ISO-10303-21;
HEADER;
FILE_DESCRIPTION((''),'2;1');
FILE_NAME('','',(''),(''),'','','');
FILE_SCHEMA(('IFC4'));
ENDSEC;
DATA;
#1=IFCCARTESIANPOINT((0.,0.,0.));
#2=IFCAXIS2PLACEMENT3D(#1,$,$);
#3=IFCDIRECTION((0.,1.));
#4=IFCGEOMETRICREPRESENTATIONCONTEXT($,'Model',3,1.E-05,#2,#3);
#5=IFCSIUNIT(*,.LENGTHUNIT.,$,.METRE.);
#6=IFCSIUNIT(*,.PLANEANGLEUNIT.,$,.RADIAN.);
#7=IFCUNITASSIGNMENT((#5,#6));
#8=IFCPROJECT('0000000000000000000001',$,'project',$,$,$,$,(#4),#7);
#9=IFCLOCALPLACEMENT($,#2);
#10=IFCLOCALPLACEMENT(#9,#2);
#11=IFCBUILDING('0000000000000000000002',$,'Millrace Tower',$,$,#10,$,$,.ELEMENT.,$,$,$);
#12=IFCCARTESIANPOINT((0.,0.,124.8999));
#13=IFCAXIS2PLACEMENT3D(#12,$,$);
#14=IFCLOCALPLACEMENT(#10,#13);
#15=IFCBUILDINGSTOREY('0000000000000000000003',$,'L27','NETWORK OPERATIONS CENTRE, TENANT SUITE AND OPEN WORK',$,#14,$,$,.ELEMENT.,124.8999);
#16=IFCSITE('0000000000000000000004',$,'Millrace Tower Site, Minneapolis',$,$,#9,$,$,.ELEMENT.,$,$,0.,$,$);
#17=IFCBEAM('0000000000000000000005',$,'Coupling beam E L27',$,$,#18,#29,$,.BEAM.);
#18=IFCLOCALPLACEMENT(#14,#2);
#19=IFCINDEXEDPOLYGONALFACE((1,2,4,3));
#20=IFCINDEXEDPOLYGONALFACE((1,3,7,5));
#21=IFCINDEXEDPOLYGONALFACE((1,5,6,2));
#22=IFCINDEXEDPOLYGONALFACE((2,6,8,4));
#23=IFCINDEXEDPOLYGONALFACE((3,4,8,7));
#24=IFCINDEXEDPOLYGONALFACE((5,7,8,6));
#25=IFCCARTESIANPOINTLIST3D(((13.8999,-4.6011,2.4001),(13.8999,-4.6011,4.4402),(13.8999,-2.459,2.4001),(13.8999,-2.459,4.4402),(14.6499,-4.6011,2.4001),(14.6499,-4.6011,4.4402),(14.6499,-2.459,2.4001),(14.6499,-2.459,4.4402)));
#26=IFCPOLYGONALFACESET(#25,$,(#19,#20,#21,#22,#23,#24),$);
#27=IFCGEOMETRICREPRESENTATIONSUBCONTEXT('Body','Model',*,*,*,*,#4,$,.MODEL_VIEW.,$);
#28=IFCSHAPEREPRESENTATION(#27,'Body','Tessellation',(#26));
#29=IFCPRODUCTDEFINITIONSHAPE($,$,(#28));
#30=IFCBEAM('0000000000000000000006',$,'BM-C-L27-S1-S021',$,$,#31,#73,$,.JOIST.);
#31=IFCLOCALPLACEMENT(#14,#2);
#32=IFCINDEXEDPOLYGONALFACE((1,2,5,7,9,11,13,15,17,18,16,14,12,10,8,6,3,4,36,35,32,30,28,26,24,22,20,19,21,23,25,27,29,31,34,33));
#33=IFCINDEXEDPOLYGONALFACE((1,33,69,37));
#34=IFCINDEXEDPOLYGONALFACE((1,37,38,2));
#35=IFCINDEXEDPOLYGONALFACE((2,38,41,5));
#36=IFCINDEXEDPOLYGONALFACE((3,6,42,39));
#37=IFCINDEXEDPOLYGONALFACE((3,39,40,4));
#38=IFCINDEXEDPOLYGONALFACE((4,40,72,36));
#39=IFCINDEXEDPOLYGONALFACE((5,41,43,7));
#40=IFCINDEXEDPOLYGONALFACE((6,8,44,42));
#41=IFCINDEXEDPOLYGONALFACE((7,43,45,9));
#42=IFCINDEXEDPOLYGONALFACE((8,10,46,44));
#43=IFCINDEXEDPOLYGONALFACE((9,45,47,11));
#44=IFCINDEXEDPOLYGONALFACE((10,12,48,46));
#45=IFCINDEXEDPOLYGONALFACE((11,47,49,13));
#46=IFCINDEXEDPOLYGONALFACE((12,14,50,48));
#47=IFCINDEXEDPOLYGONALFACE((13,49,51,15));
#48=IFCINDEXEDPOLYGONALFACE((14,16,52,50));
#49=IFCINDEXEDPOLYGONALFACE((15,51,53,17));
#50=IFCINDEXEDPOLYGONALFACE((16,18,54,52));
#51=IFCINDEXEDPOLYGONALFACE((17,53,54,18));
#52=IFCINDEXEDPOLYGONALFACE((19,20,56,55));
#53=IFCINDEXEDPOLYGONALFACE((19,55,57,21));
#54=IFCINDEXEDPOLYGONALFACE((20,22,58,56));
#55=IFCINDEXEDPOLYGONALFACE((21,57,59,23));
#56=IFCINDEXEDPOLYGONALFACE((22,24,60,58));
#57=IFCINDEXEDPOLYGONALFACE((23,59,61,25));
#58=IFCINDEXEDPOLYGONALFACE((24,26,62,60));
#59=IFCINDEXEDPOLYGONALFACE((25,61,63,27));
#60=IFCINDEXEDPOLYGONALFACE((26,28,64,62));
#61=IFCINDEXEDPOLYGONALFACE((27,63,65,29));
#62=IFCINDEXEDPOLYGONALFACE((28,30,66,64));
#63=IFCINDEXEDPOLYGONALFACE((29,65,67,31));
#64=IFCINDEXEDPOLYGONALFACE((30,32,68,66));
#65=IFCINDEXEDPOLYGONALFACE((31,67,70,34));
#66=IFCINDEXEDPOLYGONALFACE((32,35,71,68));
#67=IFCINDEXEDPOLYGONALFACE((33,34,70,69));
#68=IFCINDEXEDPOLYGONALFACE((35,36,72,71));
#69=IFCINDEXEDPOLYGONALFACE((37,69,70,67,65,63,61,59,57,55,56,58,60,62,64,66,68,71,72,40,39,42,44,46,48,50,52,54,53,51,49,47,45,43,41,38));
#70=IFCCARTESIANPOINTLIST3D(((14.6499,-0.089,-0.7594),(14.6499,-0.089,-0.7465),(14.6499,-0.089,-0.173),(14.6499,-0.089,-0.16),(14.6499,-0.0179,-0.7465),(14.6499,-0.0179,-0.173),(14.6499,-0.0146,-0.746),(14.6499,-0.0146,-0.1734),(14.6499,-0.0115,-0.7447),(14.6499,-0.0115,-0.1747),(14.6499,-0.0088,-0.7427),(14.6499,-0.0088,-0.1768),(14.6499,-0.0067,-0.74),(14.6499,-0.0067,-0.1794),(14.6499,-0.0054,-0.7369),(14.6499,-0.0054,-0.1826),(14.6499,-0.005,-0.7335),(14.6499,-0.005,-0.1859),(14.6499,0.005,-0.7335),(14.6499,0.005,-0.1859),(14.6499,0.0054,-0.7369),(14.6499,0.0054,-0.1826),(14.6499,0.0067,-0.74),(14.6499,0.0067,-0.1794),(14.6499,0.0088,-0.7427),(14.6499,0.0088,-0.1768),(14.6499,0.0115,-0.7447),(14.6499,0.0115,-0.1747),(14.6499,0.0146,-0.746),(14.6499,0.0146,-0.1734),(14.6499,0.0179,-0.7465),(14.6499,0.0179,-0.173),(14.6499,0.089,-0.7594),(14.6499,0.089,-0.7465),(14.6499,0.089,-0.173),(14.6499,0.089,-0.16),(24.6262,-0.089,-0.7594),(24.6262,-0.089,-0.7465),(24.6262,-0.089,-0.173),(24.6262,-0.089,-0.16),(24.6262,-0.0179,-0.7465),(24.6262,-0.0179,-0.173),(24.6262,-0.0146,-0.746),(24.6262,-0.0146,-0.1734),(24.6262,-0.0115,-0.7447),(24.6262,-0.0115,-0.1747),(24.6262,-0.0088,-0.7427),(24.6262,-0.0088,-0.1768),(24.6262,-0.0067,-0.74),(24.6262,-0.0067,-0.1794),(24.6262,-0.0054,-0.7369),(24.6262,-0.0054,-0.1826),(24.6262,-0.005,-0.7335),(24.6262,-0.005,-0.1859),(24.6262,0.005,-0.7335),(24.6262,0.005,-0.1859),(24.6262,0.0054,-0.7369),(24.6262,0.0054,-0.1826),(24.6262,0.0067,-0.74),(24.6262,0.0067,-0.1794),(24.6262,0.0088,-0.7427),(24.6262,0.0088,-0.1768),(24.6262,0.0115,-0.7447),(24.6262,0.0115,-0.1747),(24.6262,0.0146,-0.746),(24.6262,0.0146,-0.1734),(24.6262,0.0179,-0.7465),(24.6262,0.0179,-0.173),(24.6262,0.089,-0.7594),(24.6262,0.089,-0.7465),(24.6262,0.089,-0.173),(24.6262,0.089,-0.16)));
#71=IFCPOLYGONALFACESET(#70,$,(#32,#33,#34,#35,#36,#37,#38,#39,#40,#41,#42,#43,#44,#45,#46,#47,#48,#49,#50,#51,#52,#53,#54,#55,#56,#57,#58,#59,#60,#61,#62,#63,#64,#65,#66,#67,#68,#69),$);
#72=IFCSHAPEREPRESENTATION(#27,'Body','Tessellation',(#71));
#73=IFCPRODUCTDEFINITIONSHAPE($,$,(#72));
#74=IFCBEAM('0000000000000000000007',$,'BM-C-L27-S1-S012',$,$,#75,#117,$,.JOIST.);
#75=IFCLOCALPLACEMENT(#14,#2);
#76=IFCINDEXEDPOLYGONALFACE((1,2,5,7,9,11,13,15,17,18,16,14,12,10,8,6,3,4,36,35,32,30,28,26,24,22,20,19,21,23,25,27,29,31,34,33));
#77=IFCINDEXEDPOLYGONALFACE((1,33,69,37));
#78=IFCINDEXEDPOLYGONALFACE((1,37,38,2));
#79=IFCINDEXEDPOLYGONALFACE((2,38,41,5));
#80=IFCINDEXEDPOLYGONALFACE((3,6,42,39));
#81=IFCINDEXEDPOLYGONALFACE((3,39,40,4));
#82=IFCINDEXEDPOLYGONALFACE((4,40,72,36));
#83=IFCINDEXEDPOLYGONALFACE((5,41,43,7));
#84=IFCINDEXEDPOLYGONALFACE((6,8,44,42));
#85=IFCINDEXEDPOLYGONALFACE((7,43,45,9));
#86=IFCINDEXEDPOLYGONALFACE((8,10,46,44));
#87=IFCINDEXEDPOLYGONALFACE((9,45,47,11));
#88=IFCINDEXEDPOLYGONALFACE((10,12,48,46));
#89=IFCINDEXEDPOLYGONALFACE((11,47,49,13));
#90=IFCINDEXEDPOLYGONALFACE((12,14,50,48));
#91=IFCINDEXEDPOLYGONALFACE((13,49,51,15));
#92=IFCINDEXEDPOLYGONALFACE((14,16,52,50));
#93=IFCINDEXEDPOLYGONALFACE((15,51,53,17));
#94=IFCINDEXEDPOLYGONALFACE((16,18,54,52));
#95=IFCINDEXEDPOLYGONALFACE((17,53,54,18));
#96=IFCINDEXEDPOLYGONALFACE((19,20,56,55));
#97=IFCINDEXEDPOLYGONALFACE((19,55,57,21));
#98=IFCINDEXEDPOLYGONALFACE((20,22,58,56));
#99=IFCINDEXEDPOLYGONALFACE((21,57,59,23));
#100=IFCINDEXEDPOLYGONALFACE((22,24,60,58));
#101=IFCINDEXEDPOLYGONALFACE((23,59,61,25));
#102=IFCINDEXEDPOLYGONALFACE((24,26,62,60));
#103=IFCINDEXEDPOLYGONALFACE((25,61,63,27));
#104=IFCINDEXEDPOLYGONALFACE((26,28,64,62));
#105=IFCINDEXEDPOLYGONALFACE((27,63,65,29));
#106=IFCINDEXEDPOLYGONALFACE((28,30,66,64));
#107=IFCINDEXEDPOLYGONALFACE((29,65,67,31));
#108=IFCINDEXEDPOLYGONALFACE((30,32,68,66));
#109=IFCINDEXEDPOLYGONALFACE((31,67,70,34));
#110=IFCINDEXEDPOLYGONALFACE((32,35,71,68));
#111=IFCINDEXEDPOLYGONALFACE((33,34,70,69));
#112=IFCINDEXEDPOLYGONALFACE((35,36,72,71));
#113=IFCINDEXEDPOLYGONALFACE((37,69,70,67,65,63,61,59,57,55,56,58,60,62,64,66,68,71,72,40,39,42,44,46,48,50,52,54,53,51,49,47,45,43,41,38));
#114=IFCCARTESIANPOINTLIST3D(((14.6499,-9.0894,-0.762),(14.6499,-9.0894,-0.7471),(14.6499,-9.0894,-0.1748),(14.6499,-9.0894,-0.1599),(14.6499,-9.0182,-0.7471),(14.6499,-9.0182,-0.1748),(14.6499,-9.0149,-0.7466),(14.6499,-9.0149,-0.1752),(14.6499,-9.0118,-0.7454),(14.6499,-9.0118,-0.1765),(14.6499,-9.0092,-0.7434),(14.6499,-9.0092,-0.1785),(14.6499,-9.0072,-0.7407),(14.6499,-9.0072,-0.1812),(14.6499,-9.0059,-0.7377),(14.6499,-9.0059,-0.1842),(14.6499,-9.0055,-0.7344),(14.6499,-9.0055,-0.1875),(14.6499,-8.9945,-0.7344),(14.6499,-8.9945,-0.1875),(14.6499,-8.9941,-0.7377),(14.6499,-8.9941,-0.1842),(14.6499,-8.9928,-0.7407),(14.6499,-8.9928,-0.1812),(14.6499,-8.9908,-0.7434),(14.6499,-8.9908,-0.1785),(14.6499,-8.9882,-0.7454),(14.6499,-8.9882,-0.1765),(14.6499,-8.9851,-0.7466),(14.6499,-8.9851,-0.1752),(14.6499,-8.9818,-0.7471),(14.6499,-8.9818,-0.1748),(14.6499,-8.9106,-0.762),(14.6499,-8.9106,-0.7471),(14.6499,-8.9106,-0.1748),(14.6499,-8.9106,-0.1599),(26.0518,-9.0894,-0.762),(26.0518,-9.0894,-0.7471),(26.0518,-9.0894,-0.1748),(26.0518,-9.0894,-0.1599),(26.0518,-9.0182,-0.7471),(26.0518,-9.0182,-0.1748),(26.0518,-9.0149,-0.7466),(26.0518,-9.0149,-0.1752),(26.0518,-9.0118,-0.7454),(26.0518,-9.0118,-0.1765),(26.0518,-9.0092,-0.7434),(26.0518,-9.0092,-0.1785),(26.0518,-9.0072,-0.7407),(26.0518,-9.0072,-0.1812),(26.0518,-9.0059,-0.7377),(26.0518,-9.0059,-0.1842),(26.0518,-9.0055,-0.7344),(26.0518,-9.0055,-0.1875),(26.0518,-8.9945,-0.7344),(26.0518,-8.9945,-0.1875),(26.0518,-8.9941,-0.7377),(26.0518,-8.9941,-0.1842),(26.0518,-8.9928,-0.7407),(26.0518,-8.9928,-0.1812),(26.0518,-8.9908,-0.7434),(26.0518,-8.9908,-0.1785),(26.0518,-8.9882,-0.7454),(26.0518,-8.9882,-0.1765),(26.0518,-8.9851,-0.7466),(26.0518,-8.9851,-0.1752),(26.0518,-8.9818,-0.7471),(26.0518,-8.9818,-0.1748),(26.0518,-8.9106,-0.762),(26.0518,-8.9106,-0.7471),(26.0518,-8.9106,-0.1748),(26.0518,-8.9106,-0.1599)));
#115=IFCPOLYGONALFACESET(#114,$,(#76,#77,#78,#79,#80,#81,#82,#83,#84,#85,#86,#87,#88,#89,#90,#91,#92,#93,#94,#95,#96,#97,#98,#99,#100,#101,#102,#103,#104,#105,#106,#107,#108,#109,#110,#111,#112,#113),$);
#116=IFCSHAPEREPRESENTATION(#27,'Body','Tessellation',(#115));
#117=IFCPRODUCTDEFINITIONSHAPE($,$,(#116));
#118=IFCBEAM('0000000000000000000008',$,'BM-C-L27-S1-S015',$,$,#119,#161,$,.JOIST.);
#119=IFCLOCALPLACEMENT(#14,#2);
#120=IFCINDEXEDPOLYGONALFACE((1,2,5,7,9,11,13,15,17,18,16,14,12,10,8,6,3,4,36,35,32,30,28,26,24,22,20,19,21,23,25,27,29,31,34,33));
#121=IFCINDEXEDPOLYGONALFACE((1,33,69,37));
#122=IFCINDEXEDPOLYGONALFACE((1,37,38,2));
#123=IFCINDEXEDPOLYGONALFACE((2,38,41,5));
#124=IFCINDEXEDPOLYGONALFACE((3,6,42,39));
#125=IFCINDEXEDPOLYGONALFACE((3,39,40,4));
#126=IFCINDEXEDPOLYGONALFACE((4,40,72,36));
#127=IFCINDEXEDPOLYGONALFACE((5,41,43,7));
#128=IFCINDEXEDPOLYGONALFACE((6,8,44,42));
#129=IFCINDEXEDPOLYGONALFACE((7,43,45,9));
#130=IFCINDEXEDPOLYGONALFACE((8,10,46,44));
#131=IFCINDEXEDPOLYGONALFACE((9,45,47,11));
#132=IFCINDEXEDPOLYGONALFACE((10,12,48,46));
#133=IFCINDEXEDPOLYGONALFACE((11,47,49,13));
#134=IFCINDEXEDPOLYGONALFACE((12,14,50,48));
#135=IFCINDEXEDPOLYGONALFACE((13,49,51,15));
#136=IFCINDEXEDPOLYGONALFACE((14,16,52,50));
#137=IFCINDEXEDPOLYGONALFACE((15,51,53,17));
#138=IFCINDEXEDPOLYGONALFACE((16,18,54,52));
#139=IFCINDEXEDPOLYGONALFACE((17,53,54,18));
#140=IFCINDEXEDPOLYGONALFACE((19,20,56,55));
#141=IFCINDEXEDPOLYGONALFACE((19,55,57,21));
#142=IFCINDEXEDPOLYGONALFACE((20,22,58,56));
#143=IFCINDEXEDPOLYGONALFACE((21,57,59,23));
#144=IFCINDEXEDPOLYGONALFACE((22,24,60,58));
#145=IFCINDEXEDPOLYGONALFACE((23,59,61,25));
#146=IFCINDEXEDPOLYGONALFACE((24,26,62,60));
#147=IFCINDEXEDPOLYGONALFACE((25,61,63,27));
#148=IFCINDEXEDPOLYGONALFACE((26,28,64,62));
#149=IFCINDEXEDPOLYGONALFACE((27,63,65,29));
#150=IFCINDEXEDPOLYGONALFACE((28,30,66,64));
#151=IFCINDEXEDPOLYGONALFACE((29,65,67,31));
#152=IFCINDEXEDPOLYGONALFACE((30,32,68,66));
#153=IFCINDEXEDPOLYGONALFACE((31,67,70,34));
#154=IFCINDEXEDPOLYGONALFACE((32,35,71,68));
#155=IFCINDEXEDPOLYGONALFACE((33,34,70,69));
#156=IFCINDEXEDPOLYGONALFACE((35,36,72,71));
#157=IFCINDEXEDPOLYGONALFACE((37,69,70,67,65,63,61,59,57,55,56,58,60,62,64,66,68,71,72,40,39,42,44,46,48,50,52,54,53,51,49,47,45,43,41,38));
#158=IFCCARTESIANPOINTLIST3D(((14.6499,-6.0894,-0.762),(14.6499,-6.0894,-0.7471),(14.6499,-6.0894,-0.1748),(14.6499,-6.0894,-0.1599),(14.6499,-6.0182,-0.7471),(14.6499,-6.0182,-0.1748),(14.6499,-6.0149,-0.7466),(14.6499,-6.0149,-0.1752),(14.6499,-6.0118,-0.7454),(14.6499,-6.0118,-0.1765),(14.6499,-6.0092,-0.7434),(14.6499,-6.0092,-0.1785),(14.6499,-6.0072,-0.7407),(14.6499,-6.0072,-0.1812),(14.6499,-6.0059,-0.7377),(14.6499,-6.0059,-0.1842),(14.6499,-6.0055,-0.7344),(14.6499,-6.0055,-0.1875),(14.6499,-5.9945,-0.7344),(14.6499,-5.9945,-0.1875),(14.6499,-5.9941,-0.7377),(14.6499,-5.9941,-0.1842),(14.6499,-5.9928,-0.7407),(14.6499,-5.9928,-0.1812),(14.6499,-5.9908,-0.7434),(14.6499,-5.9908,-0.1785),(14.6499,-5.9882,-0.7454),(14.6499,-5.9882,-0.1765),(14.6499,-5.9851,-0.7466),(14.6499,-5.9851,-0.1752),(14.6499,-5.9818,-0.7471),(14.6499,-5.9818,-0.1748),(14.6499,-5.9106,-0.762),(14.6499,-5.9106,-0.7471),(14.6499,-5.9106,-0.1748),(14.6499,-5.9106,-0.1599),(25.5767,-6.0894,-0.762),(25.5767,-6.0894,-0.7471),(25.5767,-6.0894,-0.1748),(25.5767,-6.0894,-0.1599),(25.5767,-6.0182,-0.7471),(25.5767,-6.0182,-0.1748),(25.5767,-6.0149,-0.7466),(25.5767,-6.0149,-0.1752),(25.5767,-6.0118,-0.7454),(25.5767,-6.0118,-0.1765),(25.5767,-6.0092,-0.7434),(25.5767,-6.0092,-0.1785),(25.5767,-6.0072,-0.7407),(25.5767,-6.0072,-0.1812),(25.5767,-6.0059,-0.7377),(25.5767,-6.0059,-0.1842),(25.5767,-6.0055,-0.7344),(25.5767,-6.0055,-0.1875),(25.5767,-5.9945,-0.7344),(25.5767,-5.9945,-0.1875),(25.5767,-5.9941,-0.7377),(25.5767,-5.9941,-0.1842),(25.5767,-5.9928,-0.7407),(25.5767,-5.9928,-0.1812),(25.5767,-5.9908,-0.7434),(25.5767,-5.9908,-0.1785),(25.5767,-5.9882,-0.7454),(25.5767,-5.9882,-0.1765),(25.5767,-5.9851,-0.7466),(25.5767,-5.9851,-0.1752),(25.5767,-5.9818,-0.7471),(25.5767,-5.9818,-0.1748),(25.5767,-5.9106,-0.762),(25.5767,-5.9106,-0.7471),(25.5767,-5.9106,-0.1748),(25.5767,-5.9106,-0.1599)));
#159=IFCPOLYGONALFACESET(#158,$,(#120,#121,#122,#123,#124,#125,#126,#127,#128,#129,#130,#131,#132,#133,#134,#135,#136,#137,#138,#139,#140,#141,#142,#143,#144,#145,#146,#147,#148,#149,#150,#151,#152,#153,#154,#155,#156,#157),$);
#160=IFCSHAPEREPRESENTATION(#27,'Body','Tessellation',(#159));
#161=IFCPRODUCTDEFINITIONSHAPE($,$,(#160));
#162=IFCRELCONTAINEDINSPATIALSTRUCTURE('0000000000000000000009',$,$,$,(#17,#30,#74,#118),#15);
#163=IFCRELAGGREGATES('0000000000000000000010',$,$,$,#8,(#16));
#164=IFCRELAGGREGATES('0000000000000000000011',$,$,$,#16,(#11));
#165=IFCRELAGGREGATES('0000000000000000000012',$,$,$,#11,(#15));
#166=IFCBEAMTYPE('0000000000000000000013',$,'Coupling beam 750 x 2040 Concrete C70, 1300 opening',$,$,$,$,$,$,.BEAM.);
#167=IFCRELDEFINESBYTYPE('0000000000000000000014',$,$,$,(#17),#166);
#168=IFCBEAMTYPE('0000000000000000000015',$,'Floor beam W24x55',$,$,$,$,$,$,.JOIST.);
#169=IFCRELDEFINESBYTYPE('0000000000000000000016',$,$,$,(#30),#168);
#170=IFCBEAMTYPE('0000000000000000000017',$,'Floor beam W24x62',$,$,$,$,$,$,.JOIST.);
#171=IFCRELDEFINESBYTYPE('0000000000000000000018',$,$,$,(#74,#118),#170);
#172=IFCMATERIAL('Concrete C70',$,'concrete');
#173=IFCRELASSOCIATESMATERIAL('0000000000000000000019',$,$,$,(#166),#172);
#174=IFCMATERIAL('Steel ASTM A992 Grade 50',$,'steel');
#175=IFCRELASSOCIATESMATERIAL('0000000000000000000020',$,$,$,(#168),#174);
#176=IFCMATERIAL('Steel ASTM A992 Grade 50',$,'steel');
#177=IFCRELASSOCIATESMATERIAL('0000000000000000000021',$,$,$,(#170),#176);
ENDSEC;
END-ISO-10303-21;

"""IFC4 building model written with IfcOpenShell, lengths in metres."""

from ifc_helpers import new_model, si_unit, direction, frame, origin, origin_2d, place, context, subcontext, project, spatial, rectangle, i_section, extrude, material, material_profile, profile_set, type_object, element, save


model = new_model("IFC4")

# Units and contexts
model_context = context("Model", 3, precision=1e-05, world=origin(), true_north=direction((0.0, 1.0)))
body_context = subcontext(model_context, "Body", "Model", "MODEL_VIEW")
ifc_project = project(units=[si_unit("LENGTHUNIT", "METRE"), si_unit("PLANEANGLEUNIT", "RADIAN")], contexts=[model_context])

# Site, building, storey
site_placement = place(None, origin())
site = spatial("IfcSite", under=ifc_project, at=site_placement, Name="Millrace Tower Site, Minneapolis", CompositionType="ELEMENT", RefElevation=0.0)
building_placement = place(site_placement, origin())
building = spatial("IfcBuilding", under=site, at=building_placement, Name="Millrace Tower", CompositionType="ELEMENT")
storey_placement = place(building_placement, frame((0.0, 0.0, 124.8999)))
storey = spatial("IfcBuildingStorey", under=building, at=storey_placement, Name="L27", Description="NETWORK OPERATIONS CENTRE, TENANT SUITE AND OPEN WORK", CompositionType="ELEMENT", Elevation=124.8999)

# Beams
ifc_material_1 = material(Name="Concrete C70", Category="concrete")
ifc_material_profile_1 = material_profile(ifc_material_1, rectangle(XDim=0.75, YDim=2.04, at=origin_2d()))
ifc_profile_set_1 = profile_set([ifc_material_profile_1], Name="Concrete C70")
beam_type_1 = type_object("IfcBeamType", Name="Coupling beam 750 x 2040 Concrete C70, 1300 opening", PredefinedType="BEAM", material=ifc_profile_set_1)
beam_1_placement = place(storey_placement, frame((14.2749, -2.459, 3.4202), z_axis=(0.0, -1.0, 0.0), x_axis=(1.0, 0.0, 0.0)))
element("IfcBeam", 1, at=beam_1_placement, inside=storey, type_object=beam_type_1, Name="Coupling beam E L27", PredefinedType="BEAM", context=body_context, shape_type="SweptSolid", body=[
    extrude(rectangle(XDim=0.75, YDim=2.04, at=origin_2d()), origin(), (0.0, 0.0, 1.0), 2.1421),
])
ifc_material_2 = material(Name="Steel ASTM A992 Grade 50", Category="steel")
ifc_material_profile_2 = material_profile(ifc_material_2, i_section(OverallWidth=0.178, OverallDepth=0.5994, WebThickness=0.01, FlangeThickness=0.0129, FilletRadius=0.0129, at=origin_2d()))
ifc_profile_set_2 = profile_set([ifc_material_profile_2], Name="Steel ASTM A992 Grade 50")
beam_type_2 = type_object("IfcBeamType", Name="Floor beam W24x55", PredefinedType="JOIST", material=ifc_profile_set_2)
beam_2_placement = place(storey_placement, frame((14.6499, 0.0, -0.4597), z_axis=(1.0, 0.0, 0.0), x_axis=(0.0, 1.0, 0.0)))
element("IfcBeam", 2, at=beam_2_placement, inside=storey, type_object=beam_type_2, Name="BM-C-L27-S1-S021", PredefinedType="JOIST", context=body_context, shape_type="SweptSolid", body=[
    extrude(i_section(OverallWidth=0.178, OverallDepth=0.5994, WebThickness=0.01, FlangeThickness=0.0129, FilletRadius=0.0129, at=origin_2d()), origin(), (0.0, 0.0, 1.0), 9.9763),
])
ifc_material_3 = material(Name="Steel ASTM A992 Grade 50", Category="steel")
ifc_material_profile_3 = material_profile(ifc_material_3, i_section(OverallWidth=0.1787, OverallDepth=0.6021, WebThickness=0.011, FlangeThickness=0.0149, FilletRadius=0.0127, at=origin_2d()))
ifc_profile_set_3 = profile_set([ifc_material_profile_3], Name="Steel ASTM A992 Grade 50")
beam_type_3 = type_object("IfcBeamType", Name="Floor beam W24x62", PredefinedType="JOIST", material=ifc_profile_set_3)
beam_3_placement = place(storey_placement, frame((14.6499, -9.0, -0.4609), z_axis=(1.0, 0.0, 0.0), x_axis=(0.0, 1.0, 0.0)))
element("IfcBeam", 3, at=beam_3_placement, inside=storey, type_object=beam_type_3, Name="BM-C-L27-S1-S012", PredefinedType="JOIST", context=body_context, shape_type="SweptSolid", body=[
    extrude(i_section(OverallWidth=0.1787, OverallDepth=0.6021, WebThickness=0.011, FlangeThickness=0.0149, FilletRadius=0.0127, at=origin_2d()), origin(), (0.0, 0.0, 1.0), 11.4019),
])
beam_4_placement = place(storey_placement, frame((14.6499, -6.0, -0.4609), z_axis=(1.0, 0.0, 0.0), x_axis=(0.0, 1.0, 0.0)))
element("IfcBeam", 4, at=beam_4_placement, inside=storey, type_object=beam_type_3, Name="BM-C-L27-S1-S015", PredefinedType="JOIST", context=body_context, shape_type="SweptSolid", body=[
    extrude(i_section(OverallWidth=0.1787, OverallDepth=0.6021, WebThickness=0.011, FlangeThickness=0.0149, FilletRadius=0.0127, at=origin_2d()), origin(), (0.0, 0.0, 1.0), 10.9268),
])

save(model, "model.ifc")
